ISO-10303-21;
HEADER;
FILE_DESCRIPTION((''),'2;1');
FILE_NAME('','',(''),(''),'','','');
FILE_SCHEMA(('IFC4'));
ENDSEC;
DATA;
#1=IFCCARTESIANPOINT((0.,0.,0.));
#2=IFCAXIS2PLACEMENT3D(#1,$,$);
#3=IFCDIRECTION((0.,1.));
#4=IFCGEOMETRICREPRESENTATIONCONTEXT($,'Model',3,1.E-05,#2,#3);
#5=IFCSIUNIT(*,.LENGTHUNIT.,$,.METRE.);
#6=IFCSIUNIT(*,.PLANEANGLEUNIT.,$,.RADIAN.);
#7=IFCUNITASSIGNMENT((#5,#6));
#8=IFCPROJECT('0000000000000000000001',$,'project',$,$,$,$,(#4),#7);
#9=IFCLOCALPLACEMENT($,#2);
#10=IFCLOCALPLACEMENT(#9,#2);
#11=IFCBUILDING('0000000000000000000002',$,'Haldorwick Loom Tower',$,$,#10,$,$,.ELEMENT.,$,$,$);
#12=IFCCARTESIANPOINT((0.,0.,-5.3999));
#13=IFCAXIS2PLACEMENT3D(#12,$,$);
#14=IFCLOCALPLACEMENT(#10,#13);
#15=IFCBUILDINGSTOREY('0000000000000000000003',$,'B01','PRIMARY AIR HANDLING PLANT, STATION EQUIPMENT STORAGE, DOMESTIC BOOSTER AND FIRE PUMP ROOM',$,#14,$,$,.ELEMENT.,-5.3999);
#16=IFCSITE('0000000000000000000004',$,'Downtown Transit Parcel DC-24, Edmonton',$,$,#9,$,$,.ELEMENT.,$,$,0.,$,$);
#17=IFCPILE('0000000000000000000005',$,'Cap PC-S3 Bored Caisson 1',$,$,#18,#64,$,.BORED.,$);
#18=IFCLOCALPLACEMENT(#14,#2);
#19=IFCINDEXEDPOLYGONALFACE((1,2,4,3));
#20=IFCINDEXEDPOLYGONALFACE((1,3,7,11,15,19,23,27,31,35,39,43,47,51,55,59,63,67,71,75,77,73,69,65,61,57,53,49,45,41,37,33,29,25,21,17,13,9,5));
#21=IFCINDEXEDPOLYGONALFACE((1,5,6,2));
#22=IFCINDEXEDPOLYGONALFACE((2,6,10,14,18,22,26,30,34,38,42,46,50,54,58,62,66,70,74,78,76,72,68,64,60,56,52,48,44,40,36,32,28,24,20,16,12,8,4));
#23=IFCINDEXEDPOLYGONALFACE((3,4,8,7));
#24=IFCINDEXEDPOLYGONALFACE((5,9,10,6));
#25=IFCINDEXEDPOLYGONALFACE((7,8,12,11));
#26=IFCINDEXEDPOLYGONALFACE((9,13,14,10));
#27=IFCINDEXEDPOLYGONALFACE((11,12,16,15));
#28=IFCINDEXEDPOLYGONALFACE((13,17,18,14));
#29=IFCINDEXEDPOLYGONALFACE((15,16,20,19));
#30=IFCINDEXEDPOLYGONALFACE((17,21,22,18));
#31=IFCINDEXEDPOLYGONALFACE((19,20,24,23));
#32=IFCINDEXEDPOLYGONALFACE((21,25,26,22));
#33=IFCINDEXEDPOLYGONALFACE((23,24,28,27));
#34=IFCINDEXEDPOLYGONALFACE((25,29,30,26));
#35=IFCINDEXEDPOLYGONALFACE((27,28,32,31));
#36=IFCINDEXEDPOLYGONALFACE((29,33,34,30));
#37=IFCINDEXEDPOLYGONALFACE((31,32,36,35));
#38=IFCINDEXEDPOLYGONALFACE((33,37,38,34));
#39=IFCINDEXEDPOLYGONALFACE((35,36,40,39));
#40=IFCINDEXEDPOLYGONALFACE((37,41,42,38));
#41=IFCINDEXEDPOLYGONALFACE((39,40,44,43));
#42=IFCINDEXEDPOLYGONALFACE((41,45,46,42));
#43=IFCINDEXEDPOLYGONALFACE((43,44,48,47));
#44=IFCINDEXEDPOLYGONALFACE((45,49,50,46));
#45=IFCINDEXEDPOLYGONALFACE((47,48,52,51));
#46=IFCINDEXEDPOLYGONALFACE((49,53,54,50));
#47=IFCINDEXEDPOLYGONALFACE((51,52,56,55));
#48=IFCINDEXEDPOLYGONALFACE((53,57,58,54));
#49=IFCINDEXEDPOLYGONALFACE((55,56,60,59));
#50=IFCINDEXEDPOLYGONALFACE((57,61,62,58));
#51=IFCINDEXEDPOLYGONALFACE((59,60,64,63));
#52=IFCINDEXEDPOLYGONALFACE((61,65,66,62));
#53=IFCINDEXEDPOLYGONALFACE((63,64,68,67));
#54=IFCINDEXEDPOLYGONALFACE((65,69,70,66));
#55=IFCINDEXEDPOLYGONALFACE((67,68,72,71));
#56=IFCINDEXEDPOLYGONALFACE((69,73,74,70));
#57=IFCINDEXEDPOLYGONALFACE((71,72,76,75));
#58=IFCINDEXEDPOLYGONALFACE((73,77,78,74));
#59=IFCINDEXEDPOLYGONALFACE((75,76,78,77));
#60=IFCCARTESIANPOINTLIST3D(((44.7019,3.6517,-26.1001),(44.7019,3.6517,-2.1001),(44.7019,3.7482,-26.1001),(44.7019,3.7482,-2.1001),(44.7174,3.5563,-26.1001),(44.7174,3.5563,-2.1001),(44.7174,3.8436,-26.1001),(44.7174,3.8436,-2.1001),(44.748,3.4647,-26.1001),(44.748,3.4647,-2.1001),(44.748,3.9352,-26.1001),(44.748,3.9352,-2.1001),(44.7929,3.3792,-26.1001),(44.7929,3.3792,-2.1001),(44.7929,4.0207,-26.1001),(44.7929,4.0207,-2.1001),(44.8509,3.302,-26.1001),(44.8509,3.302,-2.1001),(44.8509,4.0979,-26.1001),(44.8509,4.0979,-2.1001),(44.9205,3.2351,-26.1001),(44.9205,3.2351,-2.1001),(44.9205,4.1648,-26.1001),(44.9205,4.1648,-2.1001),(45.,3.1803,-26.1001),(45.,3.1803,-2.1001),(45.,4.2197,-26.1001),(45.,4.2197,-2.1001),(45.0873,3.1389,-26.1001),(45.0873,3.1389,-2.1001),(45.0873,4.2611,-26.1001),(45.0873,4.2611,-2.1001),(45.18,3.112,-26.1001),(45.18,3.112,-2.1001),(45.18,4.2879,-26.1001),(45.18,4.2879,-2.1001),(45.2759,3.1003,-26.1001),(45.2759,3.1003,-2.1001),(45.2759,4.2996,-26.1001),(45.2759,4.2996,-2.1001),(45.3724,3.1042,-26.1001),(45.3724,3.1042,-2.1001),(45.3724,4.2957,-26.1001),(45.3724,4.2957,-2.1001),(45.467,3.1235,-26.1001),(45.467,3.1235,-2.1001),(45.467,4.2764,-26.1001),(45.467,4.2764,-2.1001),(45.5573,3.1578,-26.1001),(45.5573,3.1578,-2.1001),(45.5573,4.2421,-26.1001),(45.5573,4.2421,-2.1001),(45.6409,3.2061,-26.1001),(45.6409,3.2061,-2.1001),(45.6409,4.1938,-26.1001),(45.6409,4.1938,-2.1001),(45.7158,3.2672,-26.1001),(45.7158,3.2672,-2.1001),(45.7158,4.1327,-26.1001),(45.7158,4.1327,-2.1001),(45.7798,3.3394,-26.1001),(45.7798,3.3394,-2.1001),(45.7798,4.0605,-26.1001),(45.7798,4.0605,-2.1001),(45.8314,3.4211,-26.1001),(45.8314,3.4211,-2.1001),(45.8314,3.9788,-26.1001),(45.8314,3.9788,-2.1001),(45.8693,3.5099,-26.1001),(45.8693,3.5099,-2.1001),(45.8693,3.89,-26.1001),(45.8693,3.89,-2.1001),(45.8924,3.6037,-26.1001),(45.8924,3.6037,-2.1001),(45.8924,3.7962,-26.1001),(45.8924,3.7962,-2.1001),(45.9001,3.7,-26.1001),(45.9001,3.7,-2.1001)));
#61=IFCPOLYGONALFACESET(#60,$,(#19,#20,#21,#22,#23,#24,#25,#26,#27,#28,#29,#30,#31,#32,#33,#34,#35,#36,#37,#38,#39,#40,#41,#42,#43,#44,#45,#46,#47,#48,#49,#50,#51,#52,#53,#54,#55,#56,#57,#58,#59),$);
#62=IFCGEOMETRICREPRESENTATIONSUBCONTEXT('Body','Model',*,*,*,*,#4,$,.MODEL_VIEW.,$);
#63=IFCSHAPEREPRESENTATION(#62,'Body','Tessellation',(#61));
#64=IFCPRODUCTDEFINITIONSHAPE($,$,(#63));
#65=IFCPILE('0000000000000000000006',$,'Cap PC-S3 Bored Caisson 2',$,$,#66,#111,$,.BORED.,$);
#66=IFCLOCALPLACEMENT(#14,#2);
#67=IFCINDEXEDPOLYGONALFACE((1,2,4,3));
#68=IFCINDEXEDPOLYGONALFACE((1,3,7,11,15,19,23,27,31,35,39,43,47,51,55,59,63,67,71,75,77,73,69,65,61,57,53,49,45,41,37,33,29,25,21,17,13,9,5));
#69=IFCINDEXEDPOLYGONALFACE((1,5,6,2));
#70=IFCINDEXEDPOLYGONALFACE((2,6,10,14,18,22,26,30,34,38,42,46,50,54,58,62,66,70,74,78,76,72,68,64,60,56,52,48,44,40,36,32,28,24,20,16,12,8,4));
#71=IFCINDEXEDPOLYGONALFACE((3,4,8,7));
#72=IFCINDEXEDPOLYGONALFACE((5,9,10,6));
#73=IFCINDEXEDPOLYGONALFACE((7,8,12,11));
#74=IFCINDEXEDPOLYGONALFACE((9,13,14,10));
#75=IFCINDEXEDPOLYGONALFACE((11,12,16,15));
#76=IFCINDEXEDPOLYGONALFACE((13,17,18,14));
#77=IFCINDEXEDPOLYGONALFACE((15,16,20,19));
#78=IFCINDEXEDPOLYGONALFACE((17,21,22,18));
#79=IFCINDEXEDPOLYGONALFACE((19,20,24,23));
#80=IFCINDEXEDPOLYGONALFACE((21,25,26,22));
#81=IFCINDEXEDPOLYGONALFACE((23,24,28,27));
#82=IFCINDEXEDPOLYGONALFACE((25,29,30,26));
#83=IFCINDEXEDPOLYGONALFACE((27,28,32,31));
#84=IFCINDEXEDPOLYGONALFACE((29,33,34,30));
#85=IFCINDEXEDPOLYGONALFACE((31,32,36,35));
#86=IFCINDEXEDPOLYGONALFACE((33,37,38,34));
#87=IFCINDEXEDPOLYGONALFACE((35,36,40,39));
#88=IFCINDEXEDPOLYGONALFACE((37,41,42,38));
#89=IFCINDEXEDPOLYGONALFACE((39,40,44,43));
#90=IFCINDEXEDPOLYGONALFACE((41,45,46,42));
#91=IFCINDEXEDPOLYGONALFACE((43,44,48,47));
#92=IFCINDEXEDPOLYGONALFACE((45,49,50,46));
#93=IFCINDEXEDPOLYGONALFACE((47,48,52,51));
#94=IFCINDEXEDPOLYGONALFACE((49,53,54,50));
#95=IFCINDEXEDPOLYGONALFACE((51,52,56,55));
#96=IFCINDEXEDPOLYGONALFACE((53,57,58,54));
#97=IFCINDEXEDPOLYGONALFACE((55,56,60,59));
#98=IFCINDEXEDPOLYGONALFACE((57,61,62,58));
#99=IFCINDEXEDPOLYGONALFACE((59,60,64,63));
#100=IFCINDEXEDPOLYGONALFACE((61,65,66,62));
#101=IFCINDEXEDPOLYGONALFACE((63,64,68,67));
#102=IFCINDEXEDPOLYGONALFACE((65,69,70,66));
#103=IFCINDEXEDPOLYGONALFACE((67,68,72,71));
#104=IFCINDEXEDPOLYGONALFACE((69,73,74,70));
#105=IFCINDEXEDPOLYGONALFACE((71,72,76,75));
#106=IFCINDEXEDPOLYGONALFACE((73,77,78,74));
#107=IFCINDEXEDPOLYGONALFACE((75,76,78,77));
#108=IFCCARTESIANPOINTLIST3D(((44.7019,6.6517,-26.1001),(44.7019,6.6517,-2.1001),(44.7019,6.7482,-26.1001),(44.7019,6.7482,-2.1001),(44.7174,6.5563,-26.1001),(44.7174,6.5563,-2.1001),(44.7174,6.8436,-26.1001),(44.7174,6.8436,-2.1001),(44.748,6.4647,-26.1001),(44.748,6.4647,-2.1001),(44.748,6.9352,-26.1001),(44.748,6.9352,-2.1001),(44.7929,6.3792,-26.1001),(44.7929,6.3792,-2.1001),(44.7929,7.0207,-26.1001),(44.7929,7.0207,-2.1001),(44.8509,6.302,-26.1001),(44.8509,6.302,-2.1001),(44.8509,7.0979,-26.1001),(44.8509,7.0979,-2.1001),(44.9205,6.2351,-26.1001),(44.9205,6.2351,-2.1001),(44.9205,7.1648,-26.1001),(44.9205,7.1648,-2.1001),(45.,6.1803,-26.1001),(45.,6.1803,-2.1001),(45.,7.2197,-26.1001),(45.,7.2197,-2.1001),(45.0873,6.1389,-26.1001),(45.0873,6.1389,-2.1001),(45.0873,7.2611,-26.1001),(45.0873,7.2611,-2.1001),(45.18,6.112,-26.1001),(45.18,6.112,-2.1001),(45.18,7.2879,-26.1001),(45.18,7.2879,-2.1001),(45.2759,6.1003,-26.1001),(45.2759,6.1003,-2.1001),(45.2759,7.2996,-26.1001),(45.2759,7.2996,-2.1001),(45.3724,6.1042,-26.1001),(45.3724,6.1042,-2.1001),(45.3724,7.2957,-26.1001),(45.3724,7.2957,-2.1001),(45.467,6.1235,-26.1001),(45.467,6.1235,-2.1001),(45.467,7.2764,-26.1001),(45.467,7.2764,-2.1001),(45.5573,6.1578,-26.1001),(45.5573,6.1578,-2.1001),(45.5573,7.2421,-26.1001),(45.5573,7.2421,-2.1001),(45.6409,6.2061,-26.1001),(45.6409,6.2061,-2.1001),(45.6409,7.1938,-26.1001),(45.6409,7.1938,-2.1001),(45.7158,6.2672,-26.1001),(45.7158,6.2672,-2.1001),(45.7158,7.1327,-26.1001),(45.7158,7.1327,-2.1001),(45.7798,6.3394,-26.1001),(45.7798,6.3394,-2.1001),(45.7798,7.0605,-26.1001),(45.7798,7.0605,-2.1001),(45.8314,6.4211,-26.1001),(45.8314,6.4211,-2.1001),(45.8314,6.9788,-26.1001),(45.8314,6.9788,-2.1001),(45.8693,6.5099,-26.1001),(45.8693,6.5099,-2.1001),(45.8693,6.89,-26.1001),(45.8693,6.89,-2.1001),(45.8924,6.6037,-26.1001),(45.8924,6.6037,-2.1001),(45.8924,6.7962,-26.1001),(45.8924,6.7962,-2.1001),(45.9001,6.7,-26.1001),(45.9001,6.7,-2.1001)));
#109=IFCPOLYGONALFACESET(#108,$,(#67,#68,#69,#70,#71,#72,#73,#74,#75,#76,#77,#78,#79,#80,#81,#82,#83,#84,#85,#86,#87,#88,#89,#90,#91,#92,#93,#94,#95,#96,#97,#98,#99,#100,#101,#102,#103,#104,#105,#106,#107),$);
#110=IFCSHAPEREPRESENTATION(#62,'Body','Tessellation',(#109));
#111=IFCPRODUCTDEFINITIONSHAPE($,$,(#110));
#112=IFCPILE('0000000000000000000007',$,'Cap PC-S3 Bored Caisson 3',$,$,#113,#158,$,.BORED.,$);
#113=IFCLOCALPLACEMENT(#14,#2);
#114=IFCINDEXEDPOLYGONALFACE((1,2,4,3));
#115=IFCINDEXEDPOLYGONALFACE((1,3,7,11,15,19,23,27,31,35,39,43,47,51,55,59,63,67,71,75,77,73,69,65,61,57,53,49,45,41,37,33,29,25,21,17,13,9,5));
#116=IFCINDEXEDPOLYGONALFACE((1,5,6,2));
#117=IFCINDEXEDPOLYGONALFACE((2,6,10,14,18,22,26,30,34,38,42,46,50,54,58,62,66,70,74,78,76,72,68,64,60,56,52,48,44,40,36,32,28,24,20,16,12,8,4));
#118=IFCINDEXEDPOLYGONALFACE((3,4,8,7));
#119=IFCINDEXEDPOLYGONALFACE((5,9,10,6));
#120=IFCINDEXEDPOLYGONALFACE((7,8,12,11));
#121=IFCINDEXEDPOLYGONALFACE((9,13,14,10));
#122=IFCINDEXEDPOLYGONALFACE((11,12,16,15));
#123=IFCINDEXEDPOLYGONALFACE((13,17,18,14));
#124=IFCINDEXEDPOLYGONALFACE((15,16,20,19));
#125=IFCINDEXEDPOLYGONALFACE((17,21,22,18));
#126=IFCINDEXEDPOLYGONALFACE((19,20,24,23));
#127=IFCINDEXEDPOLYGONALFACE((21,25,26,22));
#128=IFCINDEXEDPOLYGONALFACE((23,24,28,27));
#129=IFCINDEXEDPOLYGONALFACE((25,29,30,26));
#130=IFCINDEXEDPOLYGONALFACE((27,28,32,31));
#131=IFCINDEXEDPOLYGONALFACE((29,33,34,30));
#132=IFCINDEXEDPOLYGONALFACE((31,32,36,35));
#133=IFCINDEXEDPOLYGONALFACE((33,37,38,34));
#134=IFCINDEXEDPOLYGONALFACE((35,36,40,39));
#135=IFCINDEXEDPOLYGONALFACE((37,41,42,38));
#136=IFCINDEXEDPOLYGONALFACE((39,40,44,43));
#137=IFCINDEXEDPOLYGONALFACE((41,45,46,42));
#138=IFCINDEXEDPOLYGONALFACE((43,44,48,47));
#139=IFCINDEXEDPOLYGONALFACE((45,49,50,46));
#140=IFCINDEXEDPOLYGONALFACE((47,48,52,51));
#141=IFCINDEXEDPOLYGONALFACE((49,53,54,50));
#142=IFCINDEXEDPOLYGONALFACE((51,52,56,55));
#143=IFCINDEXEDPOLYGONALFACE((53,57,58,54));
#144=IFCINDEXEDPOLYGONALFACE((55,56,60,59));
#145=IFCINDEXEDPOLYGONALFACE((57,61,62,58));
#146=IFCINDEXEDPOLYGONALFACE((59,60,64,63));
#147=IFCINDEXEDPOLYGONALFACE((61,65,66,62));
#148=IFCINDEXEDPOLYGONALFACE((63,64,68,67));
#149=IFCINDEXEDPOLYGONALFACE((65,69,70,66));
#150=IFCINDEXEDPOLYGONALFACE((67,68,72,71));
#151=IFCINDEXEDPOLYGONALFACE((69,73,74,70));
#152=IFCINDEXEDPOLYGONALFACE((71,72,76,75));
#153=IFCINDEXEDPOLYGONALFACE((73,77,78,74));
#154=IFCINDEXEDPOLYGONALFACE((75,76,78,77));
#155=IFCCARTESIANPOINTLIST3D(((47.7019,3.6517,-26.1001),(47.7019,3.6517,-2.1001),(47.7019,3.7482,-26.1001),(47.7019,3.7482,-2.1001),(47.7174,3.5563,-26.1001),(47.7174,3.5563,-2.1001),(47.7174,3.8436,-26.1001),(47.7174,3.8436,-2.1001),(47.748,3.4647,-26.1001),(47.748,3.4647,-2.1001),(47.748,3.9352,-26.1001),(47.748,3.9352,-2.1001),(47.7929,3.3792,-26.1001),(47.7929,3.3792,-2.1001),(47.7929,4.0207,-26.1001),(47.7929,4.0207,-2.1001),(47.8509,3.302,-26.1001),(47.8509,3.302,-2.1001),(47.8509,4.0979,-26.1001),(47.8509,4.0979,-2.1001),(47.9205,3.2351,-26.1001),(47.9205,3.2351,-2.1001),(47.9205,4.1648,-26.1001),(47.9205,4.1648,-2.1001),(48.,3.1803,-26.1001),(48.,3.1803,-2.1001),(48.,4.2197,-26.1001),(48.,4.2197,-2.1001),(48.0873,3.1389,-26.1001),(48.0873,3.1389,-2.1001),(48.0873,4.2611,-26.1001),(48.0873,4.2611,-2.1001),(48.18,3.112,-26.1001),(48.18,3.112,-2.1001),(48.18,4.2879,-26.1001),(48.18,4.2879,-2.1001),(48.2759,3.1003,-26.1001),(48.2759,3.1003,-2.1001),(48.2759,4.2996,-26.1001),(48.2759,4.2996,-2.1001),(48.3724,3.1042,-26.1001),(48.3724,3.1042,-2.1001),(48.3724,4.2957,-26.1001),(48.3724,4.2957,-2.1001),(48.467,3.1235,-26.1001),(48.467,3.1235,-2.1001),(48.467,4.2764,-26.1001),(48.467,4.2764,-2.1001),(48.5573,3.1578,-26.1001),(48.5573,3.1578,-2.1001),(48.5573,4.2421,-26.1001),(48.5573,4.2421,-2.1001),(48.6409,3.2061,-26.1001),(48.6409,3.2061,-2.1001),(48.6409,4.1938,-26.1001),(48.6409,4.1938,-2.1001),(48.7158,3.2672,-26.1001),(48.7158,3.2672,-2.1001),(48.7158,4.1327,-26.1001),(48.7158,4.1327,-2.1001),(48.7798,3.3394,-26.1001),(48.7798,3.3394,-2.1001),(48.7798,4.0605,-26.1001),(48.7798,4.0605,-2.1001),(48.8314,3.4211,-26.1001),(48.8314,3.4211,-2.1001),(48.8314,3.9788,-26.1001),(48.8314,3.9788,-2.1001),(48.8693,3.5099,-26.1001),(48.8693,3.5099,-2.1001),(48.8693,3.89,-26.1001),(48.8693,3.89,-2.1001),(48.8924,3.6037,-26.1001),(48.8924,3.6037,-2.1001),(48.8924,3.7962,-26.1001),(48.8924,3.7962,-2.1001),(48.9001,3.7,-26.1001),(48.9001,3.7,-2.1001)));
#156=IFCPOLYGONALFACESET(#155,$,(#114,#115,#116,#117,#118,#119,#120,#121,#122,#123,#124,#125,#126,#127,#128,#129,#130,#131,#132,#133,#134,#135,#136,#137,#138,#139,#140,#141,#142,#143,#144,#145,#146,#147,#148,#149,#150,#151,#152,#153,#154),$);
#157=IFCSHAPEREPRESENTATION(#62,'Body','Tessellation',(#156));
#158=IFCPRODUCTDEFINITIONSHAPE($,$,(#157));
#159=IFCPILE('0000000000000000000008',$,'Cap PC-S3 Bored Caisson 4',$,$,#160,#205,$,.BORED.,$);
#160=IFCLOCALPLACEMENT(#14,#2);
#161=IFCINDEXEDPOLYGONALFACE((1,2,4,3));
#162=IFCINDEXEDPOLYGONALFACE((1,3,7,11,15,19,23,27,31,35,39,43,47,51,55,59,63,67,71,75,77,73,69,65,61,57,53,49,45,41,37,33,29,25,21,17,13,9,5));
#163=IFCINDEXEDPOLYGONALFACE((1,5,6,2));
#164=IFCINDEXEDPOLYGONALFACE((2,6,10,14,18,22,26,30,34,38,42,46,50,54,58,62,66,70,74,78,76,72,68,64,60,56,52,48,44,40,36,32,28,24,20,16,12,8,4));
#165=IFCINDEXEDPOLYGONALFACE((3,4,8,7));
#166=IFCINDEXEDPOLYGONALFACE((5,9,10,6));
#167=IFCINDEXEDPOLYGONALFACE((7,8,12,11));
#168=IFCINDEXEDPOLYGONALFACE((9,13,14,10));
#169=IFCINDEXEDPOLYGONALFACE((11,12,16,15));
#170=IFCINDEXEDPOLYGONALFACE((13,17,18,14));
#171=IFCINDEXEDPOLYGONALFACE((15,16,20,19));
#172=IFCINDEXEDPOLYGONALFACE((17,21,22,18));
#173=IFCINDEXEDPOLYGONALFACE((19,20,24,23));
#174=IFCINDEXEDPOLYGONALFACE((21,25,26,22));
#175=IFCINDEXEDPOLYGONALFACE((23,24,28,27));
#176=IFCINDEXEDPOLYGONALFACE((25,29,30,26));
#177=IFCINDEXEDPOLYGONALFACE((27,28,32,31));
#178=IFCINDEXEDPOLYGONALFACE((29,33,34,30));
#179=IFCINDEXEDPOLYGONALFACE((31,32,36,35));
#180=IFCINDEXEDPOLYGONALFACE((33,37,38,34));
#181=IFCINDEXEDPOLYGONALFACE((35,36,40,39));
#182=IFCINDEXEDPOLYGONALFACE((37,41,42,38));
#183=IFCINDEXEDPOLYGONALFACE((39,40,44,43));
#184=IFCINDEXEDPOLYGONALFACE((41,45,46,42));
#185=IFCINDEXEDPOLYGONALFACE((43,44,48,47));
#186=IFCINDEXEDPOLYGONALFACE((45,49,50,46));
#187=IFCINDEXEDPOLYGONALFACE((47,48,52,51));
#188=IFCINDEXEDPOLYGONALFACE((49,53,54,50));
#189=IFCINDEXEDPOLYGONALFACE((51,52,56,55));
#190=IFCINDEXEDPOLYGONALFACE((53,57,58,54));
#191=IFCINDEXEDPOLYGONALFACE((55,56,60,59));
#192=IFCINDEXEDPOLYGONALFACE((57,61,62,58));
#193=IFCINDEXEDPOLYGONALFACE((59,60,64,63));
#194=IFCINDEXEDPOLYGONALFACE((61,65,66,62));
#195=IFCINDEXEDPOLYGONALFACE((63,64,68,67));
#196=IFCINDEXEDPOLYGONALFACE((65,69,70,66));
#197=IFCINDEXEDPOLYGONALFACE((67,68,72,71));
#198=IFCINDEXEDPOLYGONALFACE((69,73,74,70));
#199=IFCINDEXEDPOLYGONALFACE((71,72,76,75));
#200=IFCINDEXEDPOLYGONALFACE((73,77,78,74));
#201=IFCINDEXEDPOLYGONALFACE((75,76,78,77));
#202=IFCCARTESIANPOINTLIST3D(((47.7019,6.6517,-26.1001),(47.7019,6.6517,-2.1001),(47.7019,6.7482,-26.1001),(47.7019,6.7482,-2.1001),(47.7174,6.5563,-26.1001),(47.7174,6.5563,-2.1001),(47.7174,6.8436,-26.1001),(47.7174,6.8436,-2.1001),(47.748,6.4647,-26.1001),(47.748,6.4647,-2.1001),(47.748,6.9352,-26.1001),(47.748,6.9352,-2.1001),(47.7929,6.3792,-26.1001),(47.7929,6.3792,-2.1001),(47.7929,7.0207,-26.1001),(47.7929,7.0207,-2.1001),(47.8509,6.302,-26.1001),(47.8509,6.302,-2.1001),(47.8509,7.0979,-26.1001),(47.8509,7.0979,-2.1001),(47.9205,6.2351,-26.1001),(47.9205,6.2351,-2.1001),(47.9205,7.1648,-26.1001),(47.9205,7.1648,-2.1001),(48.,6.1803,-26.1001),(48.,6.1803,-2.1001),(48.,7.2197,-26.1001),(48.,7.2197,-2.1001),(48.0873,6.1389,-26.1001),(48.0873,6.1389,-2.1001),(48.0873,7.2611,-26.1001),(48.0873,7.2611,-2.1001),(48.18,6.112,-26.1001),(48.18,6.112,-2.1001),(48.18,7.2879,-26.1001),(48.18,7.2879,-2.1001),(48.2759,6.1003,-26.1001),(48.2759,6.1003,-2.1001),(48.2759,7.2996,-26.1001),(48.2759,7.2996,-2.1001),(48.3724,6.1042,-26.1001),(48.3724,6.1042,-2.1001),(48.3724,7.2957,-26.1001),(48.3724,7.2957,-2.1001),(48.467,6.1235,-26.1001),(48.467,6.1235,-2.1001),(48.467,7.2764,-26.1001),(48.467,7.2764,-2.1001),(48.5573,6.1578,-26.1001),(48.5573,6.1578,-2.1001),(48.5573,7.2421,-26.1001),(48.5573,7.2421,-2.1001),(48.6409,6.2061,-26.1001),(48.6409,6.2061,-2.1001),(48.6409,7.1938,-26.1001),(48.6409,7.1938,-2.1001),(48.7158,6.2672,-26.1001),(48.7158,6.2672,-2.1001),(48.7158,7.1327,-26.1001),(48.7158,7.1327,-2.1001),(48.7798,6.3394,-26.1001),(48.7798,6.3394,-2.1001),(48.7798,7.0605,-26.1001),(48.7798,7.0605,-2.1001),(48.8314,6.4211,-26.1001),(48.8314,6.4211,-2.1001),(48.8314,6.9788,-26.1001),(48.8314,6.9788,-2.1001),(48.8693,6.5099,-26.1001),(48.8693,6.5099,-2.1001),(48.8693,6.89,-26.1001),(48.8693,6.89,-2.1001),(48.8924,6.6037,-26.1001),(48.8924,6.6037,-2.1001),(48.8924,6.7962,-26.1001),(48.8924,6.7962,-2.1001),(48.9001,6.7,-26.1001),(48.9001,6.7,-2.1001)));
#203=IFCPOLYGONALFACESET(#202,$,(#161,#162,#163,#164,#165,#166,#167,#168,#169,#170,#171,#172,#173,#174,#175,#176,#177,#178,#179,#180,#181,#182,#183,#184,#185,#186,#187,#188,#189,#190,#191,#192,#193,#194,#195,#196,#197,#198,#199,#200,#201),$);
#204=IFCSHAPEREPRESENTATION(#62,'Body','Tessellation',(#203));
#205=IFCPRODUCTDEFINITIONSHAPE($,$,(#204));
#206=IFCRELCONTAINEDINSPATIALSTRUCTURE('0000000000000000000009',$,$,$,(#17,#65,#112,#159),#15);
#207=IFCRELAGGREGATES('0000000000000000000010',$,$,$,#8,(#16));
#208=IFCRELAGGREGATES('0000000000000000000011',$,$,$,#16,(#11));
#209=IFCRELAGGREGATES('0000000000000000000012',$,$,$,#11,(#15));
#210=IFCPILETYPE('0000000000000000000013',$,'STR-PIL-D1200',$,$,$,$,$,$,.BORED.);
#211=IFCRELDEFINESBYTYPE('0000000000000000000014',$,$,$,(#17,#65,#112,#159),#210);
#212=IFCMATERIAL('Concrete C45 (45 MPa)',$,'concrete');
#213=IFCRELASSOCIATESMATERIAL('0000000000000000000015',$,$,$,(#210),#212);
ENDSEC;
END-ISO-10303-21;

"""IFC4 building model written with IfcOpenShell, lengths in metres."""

from ifc_helpers import new_model, si_unit, direction, frame, origin, origin_2d, place, context, subcontext, project, spatial, circle, extrude, material, material_profile, profile_set, type_object, element, save


model = new_model("IFC4")

# Units and contexts
model_context = context("Model", 3, precision=1e-05, world=origin(), true_north=direction((0.0, 1.0)))
body_context = subcontext(model_context, "Body", "Model", "MODEL_VIEW")
ifc_project = project(units=[si_unit("LENGTHUNIT", "METRE"), si_unit("PLANEANGLEUNIT", "RADIAN")], contexts=[model_context])

# Site, building, storey
site_placement = place(None, origin())
site = spatial("IfcSite", under=ifc_project, at=site_placement, Name="Downtown Transit Parcel DC-24, Edmonton", CompositionType="ELEMENT", RefElevation=0.0)
building_placement = place(site_placement, origin())
building = spatial("IfcBuilding", under=site, at=building_placement, Name="Haldorwick Loom Tower", CompositionType="ELEMENT")
storey_placement = place(building_placement, frame((0.0, 0.0, -5.3999)))
storey = spatial("IfcBuildingStorey", under=building, at=storey_placement, Name="B01", Description="PRIMARY AIR HANDLING PLANT, STATION EQUIPMENT STORAGE, DOMESTIC BOOSTER AND FIRE PUMP ROOM", CompositionType="ELEMENT", Elevation=-5.3999)

# Shared definitions
ifc_material_1 = material(Name="Concrete C45 (45 MPa)", Category="concrete")

# Piles
ifc_material_profile_1 = material_profile(ifc_material_1, circle(Radius=0.6001, at=origin_2d()), Name="CAISSON_D1200", Category="concrete")
ifc_profile_set_1 = profile_set([ifc_material_profile_1], Name="Concrete C45 (45 MPa)")
pile_type = type_object("IfcPileType", Name="STR-PIL-D1200", PredefinedType="BORED", material=ifc_profile_set_1)
for number, where, z_axis, x_axis, name in (
    (1, (45.3, 3.7, -2.1001), (0.0, 0.0, -1.0), (1.0, 0.0, 0.0), "Cap PC-S3 Bored Caisson 1"),
    (2, (45.3, 6.7, -2.1001), (0.0, 0.0, -1.0), (1.0, 0.0, 0.0), "Cap PC-S3 Bored Caisson 2"),
    (3, (48.3, 3.7, -2.1001), (0.0, 0.0, -1.0), (1.0, 0.0, 0.0), "Cap PC-S3 Bored Caisson 3"),
    (4, (48.3, 6.7, -2.1001), (0.0, 0.0, -1.0), (1.0, 0.0, 0.0), "Cap PC-S3 Bored Caisson 4"),
):
    element("IfcPile", number, at=place(storey_placement, frame(where, z_axis=z_axis, x_axis=x_axis)), inside=storey, type_object=pile_type, Name=name, PredefinedType="BORED", context=body_context, shape_type="SweptSolid", body=[
        extrude(circle(Radius=0.6001, at=origin_2d()), origin(), (0.0, 0.0, 1.0), 24.0),
    ])

save(model, "model.ifc")
